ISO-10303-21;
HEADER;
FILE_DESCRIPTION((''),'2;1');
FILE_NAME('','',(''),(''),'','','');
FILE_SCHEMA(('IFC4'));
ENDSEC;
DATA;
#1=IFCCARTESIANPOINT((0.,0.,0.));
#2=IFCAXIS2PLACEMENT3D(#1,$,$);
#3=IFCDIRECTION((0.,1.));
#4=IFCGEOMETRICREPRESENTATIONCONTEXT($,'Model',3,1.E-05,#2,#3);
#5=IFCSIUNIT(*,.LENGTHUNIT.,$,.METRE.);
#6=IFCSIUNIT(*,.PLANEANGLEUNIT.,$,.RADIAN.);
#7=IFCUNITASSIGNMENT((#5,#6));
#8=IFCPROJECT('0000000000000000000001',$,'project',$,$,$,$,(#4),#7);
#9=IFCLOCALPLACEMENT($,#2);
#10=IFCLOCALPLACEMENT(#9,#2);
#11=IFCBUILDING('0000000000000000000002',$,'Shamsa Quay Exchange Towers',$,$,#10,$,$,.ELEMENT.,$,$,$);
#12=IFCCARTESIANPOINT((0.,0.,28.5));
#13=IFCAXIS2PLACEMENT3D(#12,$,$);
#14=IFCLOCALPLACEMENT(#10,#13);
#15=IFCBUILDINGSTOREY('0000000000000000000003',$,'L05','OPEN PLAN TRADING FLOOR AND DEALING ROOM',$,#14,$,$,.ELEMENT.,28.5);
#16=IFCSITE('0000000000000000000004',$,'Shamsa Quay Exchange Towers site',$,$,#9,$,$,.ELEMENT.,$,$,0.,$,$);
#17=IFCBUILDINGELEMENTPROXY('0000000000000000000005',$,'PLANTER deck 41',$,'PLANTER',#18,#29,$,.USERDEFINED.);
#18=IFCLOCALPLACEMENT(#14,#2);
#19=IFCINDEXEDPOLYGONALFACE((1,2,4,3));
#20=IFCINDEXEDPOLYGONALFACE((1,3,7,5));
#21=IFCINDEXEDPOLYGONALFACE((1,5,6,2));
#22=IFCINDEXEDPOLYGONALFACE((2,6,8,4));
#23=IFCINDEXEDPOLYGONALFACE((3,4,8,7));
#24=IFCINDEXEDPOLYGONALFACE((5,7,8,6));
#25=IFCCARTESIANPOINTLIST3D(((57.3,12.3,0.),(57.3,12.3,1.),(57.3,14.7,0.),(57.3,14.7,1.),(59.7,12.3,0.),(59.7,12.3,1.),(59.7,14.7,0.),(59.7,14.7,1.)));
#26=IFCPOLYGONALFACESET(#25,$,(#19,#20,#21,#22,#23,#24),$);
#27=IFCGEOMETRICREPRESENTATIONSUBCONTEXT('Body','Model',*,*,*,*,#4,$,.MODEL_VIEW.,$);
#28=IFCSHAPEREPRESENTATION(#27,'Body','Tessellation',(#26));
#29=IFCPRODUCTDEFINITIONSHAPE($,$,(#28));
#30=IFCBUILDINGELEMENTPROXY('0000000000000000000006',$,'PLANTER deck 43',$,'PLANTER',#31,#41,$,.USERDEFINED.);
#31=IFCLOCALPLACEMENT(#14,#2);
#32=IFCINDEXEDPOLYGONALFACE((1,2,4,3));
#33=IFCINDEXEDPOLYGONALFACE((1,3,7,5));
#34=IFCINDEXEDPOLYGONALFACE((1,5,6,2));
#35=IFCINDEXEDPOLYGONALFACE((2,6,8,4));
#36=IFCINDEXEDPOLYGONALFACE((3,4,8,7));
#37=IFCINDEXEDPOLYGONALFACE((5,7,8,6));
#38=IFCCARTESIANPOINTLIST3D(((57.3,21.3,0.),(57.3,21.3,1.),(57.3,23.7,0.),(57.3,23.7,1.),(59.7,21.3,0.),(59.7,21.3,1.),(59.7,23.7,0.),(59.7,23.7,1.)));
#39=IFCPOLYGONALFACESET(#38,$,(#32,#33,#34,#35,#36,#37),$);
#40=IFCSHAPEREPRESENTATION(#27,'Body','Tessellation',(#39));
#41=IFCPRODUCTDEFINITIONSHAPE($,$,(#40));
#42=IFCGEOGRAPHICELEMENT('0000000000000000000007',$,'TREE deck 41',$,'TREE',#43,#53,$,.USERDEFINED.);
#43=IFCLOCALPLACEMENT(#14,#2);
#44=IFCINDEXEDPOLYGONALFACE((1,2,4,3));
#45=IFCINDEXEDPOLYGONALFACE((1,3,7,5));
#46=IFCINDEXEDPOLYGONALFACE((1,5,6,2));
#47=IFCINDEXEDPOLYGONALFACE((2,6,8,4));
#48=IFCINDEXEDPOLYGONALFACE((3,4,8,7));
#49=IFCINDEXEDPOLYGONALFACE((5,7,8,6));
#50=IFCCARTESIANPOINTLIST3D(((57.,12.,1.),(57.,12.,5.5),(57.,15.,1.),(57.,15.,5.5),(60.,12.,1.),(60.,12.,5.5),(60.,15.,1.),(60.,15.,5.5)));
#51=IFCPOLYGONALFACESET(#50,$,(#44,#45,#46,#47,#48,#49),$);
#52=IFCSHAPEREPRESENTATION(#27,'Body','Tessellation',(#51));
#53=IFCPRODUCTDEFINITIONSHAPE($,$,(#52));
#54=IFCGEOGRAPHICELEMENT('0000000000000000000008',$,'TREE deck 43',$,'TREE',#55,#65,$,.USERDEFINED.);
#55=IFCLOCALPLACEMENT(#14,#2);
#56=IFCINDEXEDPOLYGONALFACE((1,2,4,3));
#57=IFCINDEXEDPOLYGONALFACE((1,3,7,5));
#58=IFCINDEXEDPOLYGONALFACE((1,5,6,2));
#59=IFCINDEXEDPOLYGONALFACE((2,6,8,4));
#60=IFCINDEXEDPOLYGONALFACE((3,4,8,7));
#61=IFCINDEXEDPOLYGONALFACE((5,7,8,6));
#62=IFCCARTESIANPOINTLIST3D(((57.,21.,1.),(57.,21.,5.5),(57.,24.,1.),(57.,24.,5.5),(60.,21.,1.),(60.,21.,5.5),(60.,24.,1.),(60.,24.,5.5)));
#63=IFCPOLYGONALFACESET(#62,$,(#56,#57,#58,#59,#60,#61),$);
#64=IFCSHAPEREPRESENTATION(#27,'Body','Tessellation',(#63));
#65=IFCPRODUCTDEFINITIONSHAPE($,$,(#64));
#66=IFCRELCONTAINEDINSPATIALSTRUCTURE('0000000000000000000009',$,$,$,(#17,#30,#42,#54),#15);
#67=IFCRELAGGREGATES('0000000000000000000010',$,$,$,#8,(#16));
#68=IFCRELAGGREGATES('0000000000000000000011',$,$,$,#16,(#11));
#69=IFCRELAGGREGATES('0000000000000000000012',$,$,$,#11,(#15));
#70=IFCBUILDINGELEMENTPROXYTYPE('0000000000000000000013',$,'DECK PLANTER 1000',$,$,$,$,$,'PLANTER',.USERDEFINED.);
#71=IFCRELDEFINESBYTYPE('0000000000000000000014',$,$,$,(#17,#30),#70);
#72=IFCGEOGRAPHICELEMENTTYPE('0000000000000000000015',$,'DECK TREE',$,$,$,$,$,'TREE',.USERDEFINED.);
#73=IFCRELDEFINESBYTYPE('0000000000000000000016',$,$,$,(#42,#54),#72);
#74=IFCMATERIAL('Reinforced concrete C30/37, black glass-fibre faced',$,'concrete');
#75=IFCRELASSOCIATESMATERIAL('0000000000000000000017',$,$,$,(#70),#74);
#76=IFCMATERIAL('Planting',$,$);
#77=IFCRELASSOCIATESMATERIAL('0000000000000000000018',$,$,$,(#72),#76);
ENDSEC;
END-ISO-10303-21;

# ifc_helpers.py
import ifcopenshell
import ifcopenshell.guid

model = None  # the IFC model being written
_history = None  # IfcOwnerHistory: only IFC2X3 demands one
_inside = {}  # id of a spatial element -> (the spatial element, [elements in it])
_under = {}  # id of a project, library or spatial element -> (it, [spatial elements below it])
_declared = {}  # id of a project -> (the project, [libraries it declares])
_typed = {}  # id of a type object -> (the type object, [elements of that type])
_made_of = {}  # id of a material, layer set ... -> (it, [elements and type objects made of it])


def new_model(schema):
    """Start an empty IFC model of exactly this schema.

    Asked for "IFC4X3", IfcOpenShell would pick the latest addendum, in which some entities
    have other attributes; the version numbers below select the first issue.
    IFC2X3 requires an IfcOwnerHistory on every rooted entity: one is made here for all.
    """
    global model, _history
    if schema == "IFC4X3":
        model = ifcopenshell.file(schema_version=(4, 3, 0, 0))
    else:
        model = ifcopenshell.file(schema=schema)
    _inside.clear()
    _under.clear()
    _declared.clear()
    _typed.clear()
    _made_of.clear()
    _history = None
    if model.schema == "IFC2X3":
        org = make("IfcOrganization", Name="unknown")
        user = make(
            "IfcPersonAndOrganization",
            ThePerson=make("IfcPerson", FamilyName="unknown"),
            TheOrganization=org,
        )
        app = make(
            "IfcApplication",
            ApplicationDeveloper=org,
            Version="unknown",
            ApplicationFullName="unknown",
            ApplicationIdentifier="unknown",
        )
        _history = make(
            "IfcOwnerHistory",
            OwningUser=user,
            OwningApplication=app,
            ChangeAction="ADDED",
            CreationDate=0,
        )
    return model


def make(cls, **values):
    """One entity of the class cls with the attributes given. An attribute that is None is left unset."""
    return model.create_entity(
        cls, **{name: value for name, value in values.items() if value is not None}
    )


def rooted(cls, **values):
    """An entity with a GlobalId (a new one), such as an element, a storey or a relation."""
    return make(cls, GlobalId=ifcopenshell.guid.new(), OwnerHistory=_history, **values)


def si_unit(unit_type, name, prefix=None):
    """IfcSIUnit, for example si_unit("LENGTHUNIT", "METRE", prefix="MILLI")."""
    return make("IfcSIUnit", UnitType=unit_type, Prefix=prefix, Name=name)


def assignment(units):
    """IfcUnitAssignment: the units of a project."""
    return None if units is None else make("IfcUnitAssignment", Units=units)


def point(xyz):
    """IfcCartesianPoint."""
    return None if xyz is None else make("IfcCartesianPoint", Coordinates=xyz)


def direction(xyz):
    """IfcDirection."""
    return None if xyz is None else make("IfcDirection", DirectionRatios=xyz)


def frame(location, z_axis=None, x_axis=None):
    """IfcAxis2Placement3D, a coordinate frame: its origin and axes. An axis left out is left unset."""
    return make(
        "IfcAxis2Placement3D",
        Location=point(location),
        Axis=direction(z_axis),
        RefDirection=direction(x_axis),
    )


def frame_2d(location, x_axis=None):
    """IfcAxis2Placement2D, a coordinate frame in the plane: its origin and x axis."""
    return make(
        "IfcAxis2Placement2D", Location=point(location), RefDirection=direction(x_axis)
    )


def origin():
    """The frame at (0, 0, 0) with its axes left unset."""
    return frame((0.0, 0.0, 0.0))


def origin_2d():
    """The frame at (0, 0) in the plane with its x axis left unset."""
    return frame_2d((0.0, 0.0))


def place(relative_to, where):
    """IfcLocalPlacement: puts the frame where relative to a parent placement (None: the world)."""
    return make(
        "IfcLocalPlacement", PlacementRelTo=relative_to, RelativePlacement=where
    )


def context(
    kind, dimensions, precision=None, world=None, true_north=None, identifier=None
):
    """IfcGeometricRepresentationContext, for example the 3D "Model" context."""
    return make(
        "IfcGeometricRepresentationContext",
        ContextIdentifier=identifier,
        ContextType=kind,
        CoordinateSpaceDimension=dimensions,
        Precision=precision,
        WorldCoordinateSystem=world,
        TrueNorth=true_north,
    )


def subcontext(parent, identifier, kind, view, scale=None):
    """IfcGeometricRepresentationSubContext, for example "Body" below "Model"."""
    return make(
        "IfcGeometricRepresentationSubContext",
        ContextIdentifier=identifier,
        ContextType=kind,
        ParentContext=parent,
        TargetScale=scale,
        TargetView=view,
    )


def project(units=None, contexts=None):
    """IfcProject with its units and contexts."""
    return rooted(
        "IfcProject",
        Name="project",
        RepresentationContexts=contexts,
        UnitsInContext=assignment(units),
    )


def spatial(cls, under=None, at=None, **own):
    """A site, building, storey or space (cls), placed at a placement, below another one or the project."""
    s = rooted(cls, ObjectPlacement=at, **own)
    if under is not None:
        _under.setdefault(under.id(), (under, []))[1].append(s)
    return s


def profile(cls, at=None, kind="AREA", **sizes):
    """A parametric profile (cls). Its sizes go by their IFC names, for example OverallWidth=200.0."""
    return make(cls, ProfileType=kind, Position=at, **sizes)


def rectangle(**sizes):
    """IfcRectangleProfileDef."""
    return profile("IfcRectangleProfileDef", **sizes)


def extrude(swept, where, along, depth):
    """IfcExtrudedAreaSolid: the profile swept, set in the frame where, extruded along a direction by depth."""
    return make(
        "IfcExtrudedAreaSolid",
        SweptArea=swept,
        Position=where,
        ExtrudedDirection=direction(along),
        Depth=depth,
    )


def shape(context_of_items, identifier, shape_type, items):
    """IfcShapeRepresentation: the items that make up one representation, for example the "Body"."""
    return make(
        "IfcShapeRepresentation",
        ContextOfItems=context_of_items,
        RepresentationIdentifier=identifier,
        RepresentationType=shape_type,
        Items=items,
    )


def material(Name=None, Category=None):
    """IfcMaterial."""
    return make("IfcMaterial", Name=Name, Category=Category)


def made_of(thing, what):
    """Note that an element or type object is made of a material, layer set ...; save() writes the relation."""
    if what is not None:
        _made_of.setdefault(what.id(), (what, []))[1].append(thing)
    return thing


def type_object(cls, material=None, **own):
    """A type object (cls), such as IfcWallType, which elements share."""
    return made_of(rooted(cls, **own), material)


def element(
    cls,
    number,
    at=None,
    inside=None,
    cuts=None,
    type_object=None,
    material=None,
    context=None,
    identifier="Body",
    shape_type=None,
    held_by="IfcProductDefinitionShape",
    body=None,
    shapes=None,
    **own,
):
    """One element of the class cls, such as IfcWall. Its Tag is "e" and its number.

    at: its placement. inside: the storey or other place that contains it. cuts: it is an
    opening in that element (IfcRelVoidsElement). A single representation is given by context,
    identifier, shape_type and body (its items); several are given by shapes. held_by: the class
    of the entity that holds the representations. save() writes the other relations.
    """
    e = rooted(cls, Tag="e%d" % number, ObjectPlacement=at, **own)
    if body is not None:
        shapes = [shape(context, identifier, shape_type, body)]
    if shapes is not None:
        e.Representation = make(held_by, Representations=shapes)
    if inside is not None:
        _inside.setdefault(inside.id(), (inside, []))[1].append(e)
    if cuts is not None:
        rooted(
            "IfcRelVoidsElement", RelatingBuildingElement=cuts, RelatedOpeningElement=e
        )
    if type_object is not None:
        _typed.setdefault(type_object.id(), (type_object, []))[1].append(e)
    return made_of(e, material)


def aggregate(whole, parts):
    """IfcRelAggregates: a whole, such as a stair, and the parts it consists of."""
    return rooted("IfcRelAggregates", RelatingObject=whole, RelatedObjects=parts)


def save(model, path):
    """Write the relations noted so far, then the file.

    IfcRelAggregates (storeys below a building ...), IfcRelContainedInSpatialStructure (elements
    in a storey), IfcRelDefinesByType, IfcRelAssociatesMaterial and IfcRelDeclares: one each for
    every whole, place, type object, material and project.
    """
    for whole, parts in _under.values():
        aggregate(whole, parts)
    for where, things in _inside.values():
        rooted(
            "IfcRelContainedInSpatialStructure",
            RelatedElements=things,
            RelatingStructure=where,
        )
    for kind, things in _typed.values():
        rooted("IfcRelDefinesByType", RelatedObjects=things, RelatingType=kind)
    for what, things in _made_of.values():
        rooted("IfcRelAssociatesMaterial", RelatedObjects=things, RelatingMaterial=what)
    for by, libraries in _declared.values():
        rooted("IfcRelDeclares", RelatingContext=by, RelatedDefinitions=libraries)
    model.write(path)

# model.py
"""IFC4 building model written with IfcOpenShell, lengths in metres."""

from ifc_helpers import new_model, si_unit, direction, frame, origin, origin_2d, place, context, subcontext, project, spatial, rectangle, extrude, material, type_object, element, save


model = new_model("IFC4")

# Units and contexts
model_context = context("Model", 3, precision=1e-05, world=origin(), true_north=direction((0.0, 1.0)))
body_context = subcontext(model_context, "Body", "Model", "MODEL_VIEW")
ifc_project = project(units=[si_unit("LENGTHUNIT", "METRE"), si_unit("PLANEANGLEUNIT", "RADIAN")], contexts=[model_context])

# Site, building, storey
site_placement = place(None, origin())
site = spatial("IfcSite", under=ifc_project, at=site_placement, Name="Shamsa Quay Exchange Towers site", CompositionType="ELEMENT", RefElevation=0.0)
building_placement = place(site_placement, origin())
building = spatial("IfcBuilding", under=site, at=building_placement, Name="Shamsa Quay Exchange Towers", CompositionType="ELEMENT")
storey_placement = place(building_placement, frame((0.0, 0.0, 28.5)))
storey = spatial("IfcBuildingStorey", under=building, at=storey_placement, Name="L05", Description="OPEN PLAN TRADING FLOOR AND DEALING ROOM", CompositionType="ELEMENT", Elevation=28.5)

# Building element proxies
ifc_material_1 = material(Name="Reinforced concrete C30/37, black glass-fibre faced", Category="concrete")
building_element_proxy_type = type_object("IfcBuildingElementProxyType", Name="DECK PLANTER 1000", ElementType="PLANTER", PredefinedType="USERDEFINED", material=ifc_material_1)
for number, where, name in (
    (1, (58.5, 13.5, 0.0), "PLANTER deck 41"),
    (2, (58.5, 22.5, 0.0), "PLANTER deck 43"),
):
    element("IfcBuildingElementProxy", number, at=place(storey_placement, frame(where)), inside=storey, type_object=building_element_proxy_type, Name=name, ObjectType="PLANTER", PredefinedType="USERDEFINED", context=body_context, shape_type="SweptSolid", body=[
        extrude(rectangle(XDim=2.3999, YDim=2.3999, at=origin_2d()), origin(), (0.0, 0.0, 1.0), 1.0),
    ])

# Geographic elements
ifc_material_2 = material(Name="Planting")
geographic_element_type = type_object("IfcGeographicElementType", Name="DECK TREE", ElementType="TREE", PredefinedType="USERDEFINED", material=ifc_material_2)
for number, where, name in (
    (3, (58.5, 13.5, 1.0), "TREE deck 41"),
    (4, (58.5, 22.5, 1.0), "TREE deck 43"),
):
    element("IfcGeographicElement", number, at=place(storey_placement, frame(where)), inside=storey, type_object=geographic_element_type, Name=name, ObjectType="TREE", PredefinedType="USERDEFINED", context=body_context, shape_type="SweptSolid", body=[
        extrude(rectangle(XDim=3.0, YDim=3.0, at=origin_2d()), origin(), (0.0, 0.0, 1.0), 4.5),
    ])

save(model, "model.ifc")
